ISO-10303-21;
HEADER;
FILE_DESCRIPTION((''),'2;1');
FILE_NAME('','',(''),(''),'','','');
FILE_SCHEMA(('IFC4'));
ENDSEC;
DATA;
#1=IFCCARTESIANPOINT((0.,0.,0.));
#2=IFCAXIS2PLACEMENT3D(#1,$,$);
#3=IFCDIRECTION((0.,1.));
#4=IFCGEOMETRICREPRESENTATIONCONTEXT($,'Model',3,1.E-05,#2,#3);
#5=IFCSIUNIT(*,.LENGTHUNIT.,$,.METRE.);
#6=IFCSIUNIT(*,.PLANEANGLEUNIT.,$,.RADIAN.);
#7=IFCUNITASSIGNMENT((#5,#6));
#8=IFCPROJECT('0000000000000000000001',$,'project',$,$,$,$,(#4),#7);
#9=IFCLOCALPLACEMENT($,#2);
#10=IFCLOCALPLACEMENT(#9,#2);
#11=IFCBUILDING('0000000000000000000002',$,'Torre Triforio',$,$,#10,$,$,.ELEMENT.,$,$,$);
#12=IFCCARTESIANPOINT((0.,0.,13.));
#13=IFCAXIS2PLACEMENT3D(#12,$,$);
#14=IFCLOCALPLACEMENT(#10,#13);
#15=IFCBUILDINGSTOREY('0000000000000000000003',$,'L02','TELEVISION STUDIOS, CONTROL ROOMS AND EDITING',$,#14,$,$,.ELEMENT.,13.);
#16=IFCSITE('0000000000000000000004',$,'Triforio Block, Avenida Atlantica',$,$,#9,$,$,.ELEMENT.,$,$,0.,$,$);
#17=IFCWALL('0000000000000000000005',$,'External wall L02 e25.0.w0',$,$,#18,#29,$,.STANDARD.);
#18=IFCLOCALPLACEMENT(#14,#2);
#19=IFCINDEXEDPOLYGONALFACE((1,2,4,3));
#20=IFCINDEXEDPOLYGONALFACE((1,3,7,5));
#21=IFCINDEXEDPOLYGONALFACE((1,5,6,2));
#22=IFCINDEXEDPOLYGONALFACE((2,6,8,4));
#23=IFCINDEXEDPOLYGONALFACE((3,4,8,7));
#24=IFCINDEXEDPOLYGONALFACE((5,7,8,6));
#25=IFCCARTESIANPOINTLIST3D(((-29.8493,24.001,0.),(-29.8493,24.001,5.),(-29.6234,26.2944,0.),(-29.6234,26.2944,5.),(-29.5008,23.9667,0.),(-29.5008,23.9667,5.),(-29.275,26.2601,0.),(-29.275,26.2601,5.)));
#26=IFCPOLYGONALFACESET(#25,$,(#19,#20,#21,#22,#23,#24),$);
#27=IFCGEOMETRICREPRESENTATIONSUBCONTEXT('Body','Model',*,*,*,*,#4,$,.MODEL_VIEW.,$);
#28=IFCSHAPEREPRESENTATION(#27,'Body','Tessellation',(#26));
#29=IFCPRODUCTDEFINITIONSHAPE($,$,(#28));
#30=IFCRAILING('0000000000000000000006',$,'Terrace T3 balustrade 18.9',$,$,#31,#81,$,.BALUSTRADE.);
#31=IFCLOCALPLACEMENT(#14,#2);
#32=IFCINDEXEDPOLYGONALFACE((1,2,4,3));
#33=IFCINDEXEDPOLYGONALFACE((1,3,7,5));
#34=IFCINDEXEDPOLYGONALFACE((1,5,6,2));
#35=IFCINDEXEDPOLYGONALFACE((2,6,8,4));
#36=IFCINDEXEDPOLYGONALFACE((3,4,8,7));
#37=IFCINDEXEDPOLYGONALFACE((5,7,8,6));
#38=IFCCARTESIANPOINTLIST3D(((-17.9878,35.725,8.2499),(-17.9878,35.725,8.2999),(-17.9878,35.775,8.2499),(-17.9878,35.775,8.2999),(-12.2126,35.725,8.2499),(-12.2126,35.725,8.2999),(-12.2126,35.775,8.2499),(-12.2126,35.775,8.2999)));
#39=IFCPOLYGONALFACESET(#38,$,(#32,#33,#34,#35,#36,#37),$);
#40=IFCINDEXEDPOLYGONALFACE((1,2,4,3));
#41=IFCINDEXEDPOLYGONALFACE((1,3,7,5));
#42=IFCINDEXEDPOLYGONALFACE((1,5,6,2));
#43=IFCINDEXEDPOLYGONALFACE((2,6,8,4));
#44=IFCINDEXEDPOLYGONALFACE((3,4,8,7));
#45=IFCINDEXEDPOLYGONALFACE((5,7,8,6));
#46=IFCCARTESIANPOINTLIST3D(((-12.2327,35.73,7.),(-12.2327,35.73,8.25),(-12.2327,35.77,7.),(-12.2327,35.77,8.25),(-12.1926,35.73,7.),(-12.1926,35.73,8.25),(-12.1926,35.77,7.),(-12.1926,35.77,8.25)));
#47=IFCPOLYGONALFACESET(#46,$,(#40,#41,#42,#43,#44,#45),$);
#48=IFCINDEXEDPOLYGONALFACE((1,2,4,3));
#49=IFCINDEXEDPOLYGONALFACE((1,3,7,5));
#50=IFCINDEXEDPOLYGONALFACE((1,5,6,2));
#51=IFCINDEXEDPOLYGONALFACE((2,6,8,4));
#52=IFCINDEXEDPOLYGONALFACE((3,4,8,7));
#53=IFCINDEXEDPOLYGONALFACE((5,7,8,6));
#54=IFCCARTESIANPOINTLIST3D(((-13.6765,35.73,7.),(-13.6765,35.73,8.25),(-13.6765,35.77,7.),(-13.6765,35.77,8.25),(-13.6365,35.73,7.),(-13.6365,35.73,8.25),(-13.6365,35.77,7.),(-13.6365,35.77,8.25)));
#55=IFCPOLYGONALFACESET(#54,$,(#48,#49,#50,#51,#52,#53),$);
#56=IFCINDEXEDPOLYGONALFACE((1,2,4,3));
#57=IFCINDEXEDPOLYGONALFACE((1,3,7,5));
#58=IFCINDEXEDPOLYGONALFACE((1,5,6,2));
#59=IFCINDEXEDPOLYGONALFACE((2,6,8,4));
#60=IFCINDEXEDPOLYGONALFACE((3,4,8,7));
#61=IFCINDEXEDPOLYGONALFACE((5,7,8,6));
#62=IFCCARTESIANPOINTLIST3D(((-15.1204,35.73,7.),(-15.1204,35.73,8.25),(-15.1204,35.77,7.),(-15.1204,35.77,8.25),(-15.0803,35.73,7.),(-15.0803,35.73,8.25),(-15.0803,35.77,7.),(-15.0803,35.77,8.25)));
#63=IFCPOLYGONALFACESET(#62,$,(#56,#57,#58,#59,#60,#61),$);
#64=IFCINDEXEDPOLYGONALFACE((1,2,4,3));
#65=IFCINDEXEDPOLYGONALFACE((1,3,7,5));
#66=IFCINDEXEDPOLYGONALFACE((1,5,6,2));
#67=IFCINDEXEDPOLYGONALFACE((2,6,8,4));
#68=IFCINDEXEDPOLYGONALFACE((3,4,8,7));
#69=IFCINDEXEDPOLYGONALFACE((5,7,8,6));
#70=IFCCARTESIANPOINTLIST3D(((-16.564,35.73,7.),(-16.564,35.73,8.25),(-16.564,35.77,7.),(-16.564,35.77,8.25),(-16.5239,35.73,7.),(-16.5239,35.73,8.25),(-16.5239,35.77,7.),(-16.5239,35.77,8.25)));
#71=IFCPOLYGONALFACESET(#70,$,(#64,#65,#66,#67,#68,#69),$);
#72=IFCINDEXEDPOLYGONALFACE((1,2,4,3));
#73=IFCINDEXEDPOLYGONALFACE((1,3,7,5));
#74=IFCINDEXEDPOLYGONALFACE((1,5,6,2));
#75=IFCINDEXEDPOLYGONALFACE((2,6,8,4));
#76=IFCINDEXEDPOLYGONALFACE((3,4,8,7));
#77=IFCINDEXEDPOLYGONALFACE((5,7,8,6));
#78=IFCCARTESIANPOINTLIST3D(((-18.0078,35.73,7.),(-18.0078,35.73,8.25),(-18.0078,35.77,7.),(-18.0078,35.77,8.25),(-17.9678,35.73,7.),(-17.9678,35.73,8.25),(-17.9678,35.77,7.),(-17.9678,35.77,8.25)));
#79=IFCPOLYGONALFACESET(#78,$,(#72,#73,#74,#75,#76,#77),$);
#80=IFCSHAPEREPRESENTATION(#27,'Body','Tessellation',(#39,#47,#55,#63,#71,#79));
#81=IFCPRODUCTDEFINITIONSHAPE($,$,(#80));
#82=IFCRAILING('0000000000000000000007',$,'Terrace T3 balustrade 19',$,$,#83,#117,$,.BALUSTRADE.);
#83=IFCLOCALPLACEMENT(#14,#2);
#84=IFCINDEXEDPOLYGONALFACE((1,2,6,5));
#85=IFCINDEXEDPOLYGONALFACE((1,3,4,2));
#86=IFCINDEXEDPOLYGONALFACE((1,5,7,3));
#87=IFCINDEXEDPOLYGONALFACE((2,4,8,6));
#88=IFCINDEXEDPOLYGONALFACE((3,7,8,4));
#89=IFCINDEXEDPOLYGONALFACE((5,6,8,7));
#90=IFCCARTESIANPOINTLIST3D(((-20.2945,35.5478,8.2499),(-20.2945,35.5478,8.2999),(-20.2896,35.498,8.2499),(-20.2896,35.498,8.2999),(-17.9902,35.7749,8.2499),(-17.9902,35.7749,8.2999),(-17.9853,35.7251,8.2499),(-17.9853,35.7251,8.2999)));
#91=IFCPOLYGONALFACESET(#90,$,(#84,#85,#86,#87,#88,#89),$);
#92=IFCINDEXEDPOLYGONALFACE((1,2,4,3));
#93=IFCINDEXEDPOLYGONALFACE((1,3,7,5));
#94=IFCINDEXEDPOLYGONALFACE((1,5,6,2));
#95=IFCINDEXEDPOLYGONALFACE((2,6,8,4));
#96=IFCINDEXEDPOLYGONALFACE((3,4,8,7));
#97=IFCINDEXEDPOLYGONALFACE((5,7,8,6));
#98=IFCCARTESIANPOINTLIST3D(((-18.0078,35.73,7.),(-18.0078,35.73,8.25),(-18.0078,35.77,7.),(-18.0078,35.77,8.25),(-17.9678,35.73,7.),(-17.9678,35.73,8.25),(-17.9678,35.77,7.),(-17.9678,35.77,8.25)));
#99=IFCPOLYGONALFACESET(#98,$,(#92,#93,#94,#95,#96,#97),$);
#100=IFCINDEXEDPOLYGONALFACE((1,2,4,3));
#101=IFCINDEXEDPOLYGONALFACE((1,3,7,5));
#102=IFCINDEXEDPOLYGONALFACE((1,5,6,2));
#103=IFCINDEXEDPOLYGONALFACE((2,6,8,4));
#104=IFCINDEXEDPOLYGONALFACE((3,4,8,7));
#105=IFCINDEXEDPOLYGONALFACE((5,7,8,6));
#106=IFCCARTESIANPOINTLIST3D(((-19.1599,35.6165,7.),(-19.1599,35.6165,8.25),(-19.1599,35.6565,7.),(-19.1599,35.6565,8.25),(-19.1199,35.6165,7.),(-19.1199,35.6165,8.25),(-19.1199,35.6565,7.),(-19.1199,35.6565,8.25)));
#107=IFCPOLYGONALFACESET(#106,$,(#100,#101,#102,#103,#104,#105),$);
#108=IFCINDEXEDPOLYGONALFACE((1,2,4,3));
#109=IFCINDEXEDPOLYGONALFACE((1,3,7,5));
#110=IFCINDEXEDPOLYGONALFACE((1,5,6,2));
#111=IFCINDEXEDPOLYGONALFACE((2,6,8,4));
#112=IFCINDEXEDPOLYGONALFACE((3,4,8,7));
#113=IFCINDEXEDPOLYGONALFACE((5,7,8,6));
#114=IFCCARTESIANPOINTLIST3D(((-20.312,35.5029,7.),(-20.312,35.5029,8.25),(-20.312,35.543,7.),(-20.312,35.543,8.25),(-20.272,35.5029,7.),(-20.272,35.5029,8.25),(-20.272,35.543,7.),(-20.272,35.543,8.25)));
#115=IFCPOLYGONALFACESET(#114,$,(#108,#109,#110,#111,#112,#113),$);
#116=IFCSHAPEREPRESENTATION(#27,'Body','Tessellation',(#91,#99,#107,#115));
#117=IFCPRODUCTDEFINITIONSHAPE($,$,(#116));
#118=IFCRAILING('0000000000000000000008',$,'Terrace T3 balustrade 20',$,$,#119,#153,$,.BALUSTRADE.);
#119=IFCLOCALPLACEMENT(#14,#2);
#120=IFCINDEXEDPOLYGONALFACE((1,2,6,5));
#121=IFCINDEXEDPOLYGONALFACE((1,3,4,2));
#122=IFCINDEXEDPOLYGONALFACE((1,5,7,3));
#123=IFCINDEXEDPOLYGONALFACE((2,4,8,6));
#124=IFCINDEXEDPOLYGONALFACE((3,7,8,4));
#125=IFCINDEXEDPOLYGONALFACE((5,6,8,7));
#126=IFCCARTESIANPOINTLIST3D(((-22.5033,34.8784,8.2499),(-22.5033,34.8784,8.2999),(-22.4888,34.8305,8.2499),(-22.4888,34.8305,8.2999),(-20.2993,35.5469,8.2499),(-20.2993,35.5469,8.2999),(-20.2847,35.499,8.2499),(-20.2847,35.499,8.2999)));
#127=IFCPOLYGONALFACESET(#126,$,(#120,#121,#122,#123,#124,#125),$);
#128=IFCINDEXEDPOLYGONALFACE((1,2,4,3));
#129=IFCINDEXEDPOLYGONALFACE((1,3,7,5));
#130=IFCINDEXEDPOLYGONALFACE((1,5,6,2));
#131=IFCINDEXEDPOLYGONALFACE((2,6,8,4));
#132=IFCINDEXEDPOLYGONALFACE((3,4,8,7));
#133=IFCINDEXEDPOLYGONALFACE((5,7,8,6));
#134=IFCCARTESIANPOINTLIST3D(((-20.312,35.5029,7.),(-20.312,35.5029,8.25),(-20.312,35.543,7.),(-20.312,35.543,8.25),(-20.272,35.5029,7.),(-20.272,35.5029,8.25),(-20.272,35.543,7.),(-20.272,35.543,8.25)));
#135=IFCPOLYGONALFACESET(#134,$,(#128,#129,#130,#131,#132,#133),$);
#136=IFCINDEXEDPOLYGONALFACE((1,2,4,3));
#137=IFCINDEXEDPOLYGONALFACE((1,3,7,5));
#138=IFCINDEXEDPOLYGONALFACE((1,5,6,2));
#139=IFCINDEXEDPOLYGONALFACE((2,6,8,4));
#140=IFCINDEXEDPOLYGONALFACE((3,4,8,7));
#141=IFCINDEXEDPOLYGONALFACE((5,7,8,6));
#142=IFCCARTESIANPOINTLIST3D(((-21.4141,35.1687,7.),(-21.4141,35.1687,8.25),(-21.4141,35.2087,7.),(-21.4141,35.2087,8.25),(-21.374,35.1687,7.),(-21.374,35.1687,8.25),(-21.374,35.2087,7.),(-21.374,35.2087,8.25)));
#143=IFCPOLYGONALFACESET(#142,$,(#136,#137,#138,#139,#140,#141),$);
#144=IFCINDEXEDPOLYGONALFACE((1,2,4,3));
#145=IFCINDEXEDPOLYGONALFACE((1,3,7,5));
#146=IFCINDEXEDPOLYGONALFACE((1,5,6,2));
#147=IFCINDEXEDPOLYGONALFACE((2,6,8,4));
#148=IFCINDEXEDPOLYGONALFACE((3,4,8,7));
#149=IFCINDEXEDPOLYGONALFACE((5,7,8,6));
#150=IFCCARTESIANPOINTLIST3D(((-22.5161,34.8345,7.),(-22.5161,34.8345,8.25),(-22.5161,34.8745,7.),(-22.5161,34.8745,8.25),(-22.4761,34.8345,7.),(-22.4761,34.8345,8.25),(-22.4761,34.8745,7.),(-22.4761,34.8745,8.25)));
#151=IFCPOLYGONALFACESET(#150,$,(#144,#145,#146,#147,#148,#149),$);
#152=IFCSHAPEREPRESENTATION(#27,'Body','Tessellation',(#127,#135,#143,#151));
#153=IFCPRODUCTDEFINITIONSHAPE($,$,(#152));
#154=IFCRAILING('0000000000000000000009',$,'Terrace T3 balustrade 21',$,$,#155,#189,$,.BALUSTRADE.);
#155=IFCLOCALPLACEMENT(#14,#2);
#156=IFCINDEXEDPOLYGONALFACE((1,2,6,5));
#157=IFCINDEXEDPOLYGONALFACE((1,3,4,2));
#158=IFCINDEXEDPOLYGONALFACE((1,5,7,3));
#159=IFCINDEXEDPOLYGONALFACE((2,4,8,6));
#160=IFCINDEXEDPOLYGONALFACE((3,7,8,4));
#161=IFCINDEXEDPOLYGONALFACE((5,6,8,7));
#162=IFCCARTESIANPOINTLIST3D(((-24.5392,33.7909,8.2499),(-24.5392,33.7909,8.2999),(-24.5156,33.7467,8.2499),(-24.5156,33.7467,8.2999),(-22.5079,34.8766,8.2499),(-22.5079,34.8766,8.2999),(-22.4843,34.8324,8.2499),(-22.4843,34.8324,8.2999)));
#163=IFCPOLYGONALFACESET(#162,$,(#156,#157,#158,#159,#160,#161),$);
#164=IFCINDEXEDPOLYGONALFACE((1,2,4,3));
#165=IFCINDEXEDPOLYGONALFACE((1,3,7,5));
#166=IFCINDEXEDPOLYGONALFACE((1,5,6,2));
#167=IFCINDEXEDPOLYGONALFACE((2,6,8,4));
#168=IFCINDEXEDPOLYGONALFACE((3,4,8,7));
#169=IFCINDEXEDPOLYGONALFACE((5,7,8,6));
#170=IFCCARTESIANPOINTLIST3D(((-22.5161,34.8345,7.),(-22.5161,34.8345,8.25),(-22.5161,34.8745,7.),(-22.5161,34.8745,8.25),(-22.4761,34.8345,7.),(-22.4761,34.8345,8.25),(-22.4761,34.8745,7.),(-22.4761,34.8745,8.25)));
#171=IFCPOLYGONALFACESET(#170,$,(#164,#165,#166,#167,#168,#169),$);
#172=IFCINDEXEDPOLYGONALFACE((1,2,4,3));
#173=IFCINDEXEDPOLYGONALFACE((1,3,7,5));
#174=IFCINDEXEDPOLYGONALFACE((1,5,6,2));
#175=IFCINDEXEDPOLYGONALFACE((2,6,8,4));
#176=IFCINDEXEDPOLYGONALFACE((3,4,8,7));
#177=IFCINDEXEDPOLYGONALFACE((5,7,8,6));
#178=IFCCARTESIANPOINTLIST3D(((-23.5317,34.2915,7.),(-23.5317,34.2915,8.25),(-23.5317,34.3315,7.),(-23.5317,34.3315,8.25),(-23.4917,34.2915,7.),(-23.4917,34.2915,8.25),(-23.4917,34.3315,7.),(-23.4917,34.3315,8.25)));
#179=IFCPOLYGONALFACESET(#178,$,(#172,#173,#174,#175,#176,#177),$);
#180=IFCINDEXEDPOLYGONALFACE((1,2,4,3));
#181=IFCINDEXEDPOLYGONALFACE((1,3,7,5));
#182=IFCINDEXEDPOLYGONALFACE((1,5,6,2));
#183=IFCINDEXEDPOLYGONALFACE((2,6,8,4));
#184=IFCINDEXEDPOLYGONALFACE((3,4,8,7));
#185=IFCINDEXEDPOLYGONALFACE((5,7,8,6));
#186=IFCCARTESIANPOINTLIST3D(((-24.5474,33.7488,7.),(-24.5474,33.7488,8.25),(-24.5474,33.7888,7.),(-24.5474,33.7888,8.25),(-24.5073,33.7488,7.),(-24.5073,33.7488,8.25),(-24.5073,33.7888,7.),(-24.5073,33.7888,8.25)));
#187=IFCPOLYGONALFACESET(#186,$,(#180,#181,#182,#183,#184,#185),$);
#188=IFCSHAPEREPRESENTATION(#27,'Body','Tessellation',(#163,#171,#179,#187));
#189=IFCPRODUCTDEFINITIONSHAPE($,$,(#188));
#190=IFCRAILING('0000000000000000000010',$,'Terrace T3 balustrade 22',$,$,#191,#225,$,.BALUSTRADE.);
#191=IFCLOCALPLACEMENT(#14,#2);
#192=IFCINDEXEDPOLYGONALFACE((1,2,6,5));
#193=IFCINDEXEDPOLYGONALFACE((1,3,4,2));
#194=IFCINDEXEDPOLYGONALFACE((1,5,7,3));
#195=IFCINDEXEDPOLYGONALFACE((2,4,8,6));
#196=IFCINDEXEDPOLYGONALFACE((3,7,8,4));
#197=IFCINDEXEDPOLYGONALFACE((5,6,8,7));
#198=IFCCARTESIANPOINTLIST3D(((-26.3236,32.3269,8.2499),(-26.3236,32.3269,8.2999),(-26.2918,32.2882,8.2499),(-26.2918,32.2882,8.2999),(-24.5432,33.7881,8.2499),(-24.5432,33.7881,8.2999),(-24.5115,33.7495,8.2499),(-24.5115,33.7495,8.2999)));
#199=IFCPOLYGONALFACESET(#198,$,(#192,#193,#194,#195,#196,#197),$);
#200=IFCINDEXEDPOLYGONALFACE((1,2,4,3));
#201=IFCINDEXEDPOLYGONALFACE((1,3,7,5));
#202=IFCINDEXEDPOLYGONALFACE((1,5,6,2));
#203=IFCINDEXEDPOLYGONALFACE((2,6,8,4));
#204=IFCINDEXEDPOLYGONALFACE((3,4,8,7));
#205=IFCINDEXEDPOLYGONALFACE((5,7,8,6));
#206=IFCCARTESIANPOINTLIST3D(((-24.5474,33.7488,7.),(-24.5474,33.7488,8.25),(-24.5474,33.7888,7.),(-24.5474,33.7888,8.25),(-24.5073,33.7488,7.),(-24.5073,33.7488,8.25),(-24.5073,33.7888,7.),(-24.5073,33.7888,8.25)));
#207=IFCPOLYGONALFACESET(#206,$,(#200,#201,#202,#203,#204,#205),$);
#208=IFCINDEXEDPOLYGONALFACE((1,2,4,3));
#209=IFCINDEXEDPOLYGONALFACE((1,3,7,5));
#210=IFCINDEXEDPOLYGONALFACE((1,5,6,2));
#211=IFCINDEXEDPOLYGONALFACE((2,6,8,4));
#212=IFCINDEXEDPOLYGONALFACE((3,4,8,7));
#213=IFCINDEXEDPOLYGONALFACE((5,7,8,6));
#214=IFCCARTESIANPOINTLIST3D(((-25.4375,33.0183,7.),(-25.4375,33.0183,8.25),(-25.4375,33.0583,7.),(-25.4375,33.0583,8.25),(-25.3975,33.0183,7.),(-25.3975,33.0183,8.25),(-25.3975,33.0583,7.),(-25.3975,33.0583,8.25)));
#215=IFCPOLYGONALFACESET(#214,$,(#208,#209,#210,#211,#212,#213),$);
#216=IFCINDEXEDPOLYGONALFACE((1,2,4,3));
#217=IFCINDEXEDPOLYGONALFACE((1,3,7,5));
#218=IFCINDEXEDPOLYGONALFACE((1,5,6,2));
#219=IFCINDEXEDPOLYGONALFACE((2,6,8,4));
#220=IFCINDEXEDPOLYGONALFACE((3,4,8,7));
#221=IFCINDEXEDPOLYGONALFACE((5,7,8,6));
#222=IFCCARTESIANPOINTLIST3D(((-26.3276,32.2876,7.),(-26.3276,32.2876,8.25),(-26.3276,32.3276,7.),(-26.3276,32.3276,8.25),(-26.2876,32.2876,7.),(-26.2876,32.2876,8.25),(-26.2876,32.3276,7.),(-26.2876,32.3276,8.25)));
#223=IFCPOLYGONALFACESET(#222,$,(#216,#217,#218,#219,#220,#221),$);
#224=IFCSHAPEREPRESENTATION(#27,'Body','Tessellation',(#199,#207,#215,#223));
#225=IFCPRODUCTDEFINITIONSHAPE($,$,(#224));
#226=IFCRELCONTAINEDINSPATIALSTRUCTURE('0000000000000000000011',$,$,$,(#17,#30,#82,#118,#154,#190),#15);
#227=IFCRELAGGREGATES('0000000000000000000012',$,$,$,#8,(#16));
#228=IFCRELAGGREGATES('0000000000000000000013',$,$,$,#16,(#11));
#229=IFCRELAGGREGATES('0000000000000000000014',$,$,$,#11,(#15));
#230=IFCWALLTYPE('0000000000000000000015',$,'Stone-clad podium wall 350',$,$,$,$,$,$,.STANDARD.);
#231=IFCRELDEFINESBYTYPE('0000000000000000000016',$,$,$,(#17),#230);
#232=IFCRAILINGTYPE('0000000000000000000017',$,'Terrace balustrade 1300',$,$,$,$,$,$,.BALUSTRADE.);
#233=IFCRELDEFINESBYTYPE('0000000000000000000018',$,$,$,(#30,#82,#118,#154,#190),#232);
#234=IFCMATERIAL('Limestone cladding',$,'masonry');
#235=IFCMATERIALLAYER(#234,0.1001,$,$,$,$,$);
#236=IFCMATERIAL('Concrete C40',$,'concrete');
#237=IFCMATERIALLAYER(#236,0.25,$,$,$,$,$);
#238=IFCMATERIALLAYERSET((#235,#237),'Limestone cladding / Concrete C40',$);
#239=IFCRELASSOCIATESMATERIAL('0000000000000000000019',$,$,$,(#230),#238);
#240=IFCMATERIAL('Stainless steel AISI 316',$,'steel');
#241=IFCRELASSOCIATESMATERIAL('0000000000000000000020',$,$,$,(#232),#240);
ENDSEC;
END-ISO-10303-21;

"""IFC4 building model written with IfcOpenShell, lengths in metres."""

from ifc_helpers import new_model, si_unit, direction, frame, frame_2d, origin, origin_2d, place, context, subcontext, project, spatial, rectangle, extrude, material, layer, layer_set, type_object, element, save


model = new_model("IFC4")

# Units and contexts
model_context = context("Model", 3, precision=1e-05, world=origin(), true_north=direction((0.0, 1.0)))
body_context = subcontext(model_context, "Body", "Model", "MODEL_VIEW")
ifc_project = project(units=[si_unit("LENGTHUNIT", "METRE"), si_unit("PLANEANGLEUNIT", "RADIAN")], contexts=[model_context])

# Site, building, storey
site_placement = place(None, origin())
site = spatial("IfcSite", under=ifc_project, at=site_placement, Name="Triforio Block, Avenida Atlantica", CompositionType="ELEMENT", RefElevation=0.0)
building_placement = place(site_placement, origin())
building = spatial("IfcBuilding", under=site, at=building_placement, Name="Torre Triforio", CompositionType="ELEMENT")
storey_placement = place(building_placement, frame((0.0, 0.0, 13.0)))
storey = spatial("IfcBuildingStorey", under=building, at=storey_placement, Name="L02", Description="TELEVISION STUDIOS, CONTROL ROOMS AND EDITING", CompositionType="ELEMENT", Elevation=13.0)

# Wall
ifc_material_1 = material(Name="Limestone cladding", Category="masonry")
ifc_layer_1 = layer(ifc_material_1, 0.1001)
ifc_material_2 = material(Name="Concrete C40", Category="concrete")
ifc_layer_2 = layer(ifc_material_2, 0.25)
ifc_layer_set_1 = layer_set([ifc_layer_1, ifc_layer_2], Name="Limestone cladding / Concrete C40")
wall_type_1 = type_object("IfcWallType", Name="Stone-clad podium wall 350", PredefinedType="STANDARD", material=ifc_layer_set_1)
wall_1_placement = place(storey_placement, frame((-29.4492, 26.2773, 0.0), z_axis=(0.0, 0.0, 1.0), x_axis=(-0.097993, -0.995187, 0.0)))
element("IfcWall", 1, at=wall_1_placement, inside=storey, type_object=wall_type_1, Name="External wall L02 e25.0.w0", PredefinedType="STANDARD", context=body_context, shape_type="SweptSolid", body=[
    extrude(rectangle(XDim=2.3044, YDim=0.3501, at=frame_2d((1.1523, 0.0))), origin(), (0.0, 0.0, 1.0), 5.0),
])

# Railings
ifc_material_3 = material(Name="Stainless steel AISI 316", Category="steel")
railing_type = type_object("IfcRailingType", Name="Terrace balustrade 1300", PredefinedType="BALUSTRADE", material=ifc_material_3)
railing_1_placement = place(storey_placement, frame((-12.2126, 35.75, 7.0)))
element("IfcRailing", 2, at=railing_1_placement, inside=storey, type_object=railing_type, Name="Terrace T3 balustrade 18.9", PredefinedType="BALUSTRADE", context=body_context, shape_type="SweptSolid", body=[
    extrude(rectangle(XDim=0.05, YDim=0.05, at=origin_2d()), frame((0.0, 0.0, 1.2749), z_axis=(-1.0, 0.0, 0.0), x_axis=(0.0, -1.0, 0.0)), (0.0, 0.0, 1.0), 5.7751),
    extrude(rectangle(XDim=0.04, YDim=0.04, at=origin_2d()), origin(), (0.0, 0.0, 1.0), 1.25),
    extrude(rectangle(XDim=0.04, YDim=0.04, at=origin_2d()), frame((-1.4438, 0.0, 0.0)), (0.0, 0.0, 1.0), 1.25),
    extrude(rectangle(XDim=0.04, YDim=0.04, at=origin_2d()), frame((-2.8877, 0.0, 0.0)), (0.0, 0.0, 1.0), 1.25),
    extrude(rectangle(XDim=0.04, YDim=0.04, at=origin_2d()), frame((-4.3313, 0.0, 0.0)), (0.0, 0.0, 1.0), 1.25),
    extrude(rectangle(XDim=0.04, YDim=0.04, at=origin_2d()), frame((-5.7751, 0.0, 0.0)), (0.0, 0.0, 1.0), 1.25),
])
railing_2_placement = place(storey_placement, frame((-17.9878, 35.75, 7.0)))
element("IfcRailing", 3, at=railing_2_placement, inside=storey, type_object=railing_type, Name="Terrace T3 balustrade 19", PredefinedType="BALUSTRADE", context=body_context, shape_type="SweptSolid", body=[
    extrude(rectangle(XDim=0.05, YDim=0.05, at=origin_2d()), frame((0.0, 0.0, 1.2749), z_axis=(-0.99518, -0.098063, 0.0), x_axis=(0.098063, -0.99518, 0.0)), (0.0, 0.0, 1.0), 2.3154),
    extrude(rectangle(XDim=0.04, YDim=0.04, at=origin_2d()), origin(), (0.0, 0.0, 1.0), 1.25),
    extrude(rectangle(XDim=0.04, YDim=0.04, at=origin_2d()), frame((-1.1521, -0.1135, 0.0)), (0.0, 0.0, 1.0), 1.25),
    extrude(rectangle(XDim=0.04, YDim=0.04, at=origin_2d()), frame((-2.3042, -0.2271, 0.0)), (0.0, 0.0, 1.0), 1.25),
])
railing_3_placement = place(storey_placement, frame((-20.292, 35.5229, 7.0)))
element("IfcRailing", 4, at=railing_3_placement, inside=storey, type_object=railing_type, Name="Terrace T3 balustrade 20", PredefinedType="BALUSTRADE", context=body_context, shape_type="SweptSolid", body=[
    extrude(rectangle(XDim=0.05, YDim=0.05, at=origin_2d()), frame((0.0, 0.0, 1.2749), z_axis=(-0.956958, -0.290225, 0.0), x_axis=(0.290225, -0.956958, 0.0)), (0.0, 0.0, 1.0), 2.3032),
    extrude(rectangle(XDim=0.04, YDim=0.04, at=origin_2d()), origin(), (0.0, 0.0, 1.0), 1.25),
    extrude(rectangle(XDim=0.04, YDim=0.04, at=origin_2d()), frame((-1.1021, -0.3342, 0.0)), (0.0, 0.0, 1.0), 1.25),
    extrude(rectangle(XDim=0.04, YDim=0.04, at=origin_2d()), frame((-2.2041, -0.6685, 0.0)), (0.0, 0.0, 1.0), 1.25),
])
railing_4_placement = place(storey_placement, frame((-22.4961, 34.8545, 7.0)))
element("IfcRailing", 5, at=railing_4_placement, inside=storey, type_object=railing_type, Name="Terrace T3 balustrade 21", PredefinedType="BALUSTRADE", context=body_context, shape_type="SweptSolid", body=[
    extrude(rectangle(XDim=0.05, YDim=0.05, at=origin_2d()), frame((0.0, 0.0, 1.2749), z_axis=(-0.881927, -0.471386, 0.0), x_axis=(0.471386, -0.881927, 0.0)), (0.0, 0.0, 1.0), 2.3032),
    extrude(rectangle(XDim=0.04, YDim=0.04, at=origin_2d()), origin(), (0.0, 0.0, 1.0), 1.25),
    extrude(rectangle(XDim=0.04, YDim=0.04, at=origin_2d()), frame((-1.0156, -0.543, 0.0)), (0.0, 0.0, 1.0), 1.25),
    extrude(rectangle(XDim=0.04, YDim=0.04, at=origin_2d()), frame((-2.0312, -1.0857, 0.0)), (0.0, 0.0, 1.0), 1.25),
])
railing_5_placement = place(storey_placement, frame((-24.5273, 33.7688, 7.0)))
element("IfcRailing", 6, at=railing_5_placement, inside=storey, type_object=railing_type, Name="Terrace T3 balustrade 22", PredefinedType="BALUSTRADE", context=body_context, shape_type="SweptSolid", body=[
    extrude(rectangle(XDim=0.05, YDim=0.05, at=origin_2d()), frame((0.0, 0.0, 1.2749), z_axis=(-0.772979, -0.634432, 0.0), x_axis=(0.634432, -0.772979, 0.0)), (0.0, 0.0, 1.0), 2.3032),
    extrude(rectangle(XDim=0.04, YDim=0.04, at=origin_2d()), origin(), (0.0, 0.0, 1.0), 1.25),
    extrude(rectangle(XDim=0.04, YDim=0.04, at=origin_2d()), frame((-0.8901, -0.7305, 0.0)), (0.0, 0.0, 1.0), 1.25),
    extrude(rectangle(XDim=0.04, YDim=0.04, at=origin_2d()), frame((-1.7803, -1.4612, 0.0)), (0.0, 0.0, 1.0), 1.25),
])

save(model, "model.ifc")
